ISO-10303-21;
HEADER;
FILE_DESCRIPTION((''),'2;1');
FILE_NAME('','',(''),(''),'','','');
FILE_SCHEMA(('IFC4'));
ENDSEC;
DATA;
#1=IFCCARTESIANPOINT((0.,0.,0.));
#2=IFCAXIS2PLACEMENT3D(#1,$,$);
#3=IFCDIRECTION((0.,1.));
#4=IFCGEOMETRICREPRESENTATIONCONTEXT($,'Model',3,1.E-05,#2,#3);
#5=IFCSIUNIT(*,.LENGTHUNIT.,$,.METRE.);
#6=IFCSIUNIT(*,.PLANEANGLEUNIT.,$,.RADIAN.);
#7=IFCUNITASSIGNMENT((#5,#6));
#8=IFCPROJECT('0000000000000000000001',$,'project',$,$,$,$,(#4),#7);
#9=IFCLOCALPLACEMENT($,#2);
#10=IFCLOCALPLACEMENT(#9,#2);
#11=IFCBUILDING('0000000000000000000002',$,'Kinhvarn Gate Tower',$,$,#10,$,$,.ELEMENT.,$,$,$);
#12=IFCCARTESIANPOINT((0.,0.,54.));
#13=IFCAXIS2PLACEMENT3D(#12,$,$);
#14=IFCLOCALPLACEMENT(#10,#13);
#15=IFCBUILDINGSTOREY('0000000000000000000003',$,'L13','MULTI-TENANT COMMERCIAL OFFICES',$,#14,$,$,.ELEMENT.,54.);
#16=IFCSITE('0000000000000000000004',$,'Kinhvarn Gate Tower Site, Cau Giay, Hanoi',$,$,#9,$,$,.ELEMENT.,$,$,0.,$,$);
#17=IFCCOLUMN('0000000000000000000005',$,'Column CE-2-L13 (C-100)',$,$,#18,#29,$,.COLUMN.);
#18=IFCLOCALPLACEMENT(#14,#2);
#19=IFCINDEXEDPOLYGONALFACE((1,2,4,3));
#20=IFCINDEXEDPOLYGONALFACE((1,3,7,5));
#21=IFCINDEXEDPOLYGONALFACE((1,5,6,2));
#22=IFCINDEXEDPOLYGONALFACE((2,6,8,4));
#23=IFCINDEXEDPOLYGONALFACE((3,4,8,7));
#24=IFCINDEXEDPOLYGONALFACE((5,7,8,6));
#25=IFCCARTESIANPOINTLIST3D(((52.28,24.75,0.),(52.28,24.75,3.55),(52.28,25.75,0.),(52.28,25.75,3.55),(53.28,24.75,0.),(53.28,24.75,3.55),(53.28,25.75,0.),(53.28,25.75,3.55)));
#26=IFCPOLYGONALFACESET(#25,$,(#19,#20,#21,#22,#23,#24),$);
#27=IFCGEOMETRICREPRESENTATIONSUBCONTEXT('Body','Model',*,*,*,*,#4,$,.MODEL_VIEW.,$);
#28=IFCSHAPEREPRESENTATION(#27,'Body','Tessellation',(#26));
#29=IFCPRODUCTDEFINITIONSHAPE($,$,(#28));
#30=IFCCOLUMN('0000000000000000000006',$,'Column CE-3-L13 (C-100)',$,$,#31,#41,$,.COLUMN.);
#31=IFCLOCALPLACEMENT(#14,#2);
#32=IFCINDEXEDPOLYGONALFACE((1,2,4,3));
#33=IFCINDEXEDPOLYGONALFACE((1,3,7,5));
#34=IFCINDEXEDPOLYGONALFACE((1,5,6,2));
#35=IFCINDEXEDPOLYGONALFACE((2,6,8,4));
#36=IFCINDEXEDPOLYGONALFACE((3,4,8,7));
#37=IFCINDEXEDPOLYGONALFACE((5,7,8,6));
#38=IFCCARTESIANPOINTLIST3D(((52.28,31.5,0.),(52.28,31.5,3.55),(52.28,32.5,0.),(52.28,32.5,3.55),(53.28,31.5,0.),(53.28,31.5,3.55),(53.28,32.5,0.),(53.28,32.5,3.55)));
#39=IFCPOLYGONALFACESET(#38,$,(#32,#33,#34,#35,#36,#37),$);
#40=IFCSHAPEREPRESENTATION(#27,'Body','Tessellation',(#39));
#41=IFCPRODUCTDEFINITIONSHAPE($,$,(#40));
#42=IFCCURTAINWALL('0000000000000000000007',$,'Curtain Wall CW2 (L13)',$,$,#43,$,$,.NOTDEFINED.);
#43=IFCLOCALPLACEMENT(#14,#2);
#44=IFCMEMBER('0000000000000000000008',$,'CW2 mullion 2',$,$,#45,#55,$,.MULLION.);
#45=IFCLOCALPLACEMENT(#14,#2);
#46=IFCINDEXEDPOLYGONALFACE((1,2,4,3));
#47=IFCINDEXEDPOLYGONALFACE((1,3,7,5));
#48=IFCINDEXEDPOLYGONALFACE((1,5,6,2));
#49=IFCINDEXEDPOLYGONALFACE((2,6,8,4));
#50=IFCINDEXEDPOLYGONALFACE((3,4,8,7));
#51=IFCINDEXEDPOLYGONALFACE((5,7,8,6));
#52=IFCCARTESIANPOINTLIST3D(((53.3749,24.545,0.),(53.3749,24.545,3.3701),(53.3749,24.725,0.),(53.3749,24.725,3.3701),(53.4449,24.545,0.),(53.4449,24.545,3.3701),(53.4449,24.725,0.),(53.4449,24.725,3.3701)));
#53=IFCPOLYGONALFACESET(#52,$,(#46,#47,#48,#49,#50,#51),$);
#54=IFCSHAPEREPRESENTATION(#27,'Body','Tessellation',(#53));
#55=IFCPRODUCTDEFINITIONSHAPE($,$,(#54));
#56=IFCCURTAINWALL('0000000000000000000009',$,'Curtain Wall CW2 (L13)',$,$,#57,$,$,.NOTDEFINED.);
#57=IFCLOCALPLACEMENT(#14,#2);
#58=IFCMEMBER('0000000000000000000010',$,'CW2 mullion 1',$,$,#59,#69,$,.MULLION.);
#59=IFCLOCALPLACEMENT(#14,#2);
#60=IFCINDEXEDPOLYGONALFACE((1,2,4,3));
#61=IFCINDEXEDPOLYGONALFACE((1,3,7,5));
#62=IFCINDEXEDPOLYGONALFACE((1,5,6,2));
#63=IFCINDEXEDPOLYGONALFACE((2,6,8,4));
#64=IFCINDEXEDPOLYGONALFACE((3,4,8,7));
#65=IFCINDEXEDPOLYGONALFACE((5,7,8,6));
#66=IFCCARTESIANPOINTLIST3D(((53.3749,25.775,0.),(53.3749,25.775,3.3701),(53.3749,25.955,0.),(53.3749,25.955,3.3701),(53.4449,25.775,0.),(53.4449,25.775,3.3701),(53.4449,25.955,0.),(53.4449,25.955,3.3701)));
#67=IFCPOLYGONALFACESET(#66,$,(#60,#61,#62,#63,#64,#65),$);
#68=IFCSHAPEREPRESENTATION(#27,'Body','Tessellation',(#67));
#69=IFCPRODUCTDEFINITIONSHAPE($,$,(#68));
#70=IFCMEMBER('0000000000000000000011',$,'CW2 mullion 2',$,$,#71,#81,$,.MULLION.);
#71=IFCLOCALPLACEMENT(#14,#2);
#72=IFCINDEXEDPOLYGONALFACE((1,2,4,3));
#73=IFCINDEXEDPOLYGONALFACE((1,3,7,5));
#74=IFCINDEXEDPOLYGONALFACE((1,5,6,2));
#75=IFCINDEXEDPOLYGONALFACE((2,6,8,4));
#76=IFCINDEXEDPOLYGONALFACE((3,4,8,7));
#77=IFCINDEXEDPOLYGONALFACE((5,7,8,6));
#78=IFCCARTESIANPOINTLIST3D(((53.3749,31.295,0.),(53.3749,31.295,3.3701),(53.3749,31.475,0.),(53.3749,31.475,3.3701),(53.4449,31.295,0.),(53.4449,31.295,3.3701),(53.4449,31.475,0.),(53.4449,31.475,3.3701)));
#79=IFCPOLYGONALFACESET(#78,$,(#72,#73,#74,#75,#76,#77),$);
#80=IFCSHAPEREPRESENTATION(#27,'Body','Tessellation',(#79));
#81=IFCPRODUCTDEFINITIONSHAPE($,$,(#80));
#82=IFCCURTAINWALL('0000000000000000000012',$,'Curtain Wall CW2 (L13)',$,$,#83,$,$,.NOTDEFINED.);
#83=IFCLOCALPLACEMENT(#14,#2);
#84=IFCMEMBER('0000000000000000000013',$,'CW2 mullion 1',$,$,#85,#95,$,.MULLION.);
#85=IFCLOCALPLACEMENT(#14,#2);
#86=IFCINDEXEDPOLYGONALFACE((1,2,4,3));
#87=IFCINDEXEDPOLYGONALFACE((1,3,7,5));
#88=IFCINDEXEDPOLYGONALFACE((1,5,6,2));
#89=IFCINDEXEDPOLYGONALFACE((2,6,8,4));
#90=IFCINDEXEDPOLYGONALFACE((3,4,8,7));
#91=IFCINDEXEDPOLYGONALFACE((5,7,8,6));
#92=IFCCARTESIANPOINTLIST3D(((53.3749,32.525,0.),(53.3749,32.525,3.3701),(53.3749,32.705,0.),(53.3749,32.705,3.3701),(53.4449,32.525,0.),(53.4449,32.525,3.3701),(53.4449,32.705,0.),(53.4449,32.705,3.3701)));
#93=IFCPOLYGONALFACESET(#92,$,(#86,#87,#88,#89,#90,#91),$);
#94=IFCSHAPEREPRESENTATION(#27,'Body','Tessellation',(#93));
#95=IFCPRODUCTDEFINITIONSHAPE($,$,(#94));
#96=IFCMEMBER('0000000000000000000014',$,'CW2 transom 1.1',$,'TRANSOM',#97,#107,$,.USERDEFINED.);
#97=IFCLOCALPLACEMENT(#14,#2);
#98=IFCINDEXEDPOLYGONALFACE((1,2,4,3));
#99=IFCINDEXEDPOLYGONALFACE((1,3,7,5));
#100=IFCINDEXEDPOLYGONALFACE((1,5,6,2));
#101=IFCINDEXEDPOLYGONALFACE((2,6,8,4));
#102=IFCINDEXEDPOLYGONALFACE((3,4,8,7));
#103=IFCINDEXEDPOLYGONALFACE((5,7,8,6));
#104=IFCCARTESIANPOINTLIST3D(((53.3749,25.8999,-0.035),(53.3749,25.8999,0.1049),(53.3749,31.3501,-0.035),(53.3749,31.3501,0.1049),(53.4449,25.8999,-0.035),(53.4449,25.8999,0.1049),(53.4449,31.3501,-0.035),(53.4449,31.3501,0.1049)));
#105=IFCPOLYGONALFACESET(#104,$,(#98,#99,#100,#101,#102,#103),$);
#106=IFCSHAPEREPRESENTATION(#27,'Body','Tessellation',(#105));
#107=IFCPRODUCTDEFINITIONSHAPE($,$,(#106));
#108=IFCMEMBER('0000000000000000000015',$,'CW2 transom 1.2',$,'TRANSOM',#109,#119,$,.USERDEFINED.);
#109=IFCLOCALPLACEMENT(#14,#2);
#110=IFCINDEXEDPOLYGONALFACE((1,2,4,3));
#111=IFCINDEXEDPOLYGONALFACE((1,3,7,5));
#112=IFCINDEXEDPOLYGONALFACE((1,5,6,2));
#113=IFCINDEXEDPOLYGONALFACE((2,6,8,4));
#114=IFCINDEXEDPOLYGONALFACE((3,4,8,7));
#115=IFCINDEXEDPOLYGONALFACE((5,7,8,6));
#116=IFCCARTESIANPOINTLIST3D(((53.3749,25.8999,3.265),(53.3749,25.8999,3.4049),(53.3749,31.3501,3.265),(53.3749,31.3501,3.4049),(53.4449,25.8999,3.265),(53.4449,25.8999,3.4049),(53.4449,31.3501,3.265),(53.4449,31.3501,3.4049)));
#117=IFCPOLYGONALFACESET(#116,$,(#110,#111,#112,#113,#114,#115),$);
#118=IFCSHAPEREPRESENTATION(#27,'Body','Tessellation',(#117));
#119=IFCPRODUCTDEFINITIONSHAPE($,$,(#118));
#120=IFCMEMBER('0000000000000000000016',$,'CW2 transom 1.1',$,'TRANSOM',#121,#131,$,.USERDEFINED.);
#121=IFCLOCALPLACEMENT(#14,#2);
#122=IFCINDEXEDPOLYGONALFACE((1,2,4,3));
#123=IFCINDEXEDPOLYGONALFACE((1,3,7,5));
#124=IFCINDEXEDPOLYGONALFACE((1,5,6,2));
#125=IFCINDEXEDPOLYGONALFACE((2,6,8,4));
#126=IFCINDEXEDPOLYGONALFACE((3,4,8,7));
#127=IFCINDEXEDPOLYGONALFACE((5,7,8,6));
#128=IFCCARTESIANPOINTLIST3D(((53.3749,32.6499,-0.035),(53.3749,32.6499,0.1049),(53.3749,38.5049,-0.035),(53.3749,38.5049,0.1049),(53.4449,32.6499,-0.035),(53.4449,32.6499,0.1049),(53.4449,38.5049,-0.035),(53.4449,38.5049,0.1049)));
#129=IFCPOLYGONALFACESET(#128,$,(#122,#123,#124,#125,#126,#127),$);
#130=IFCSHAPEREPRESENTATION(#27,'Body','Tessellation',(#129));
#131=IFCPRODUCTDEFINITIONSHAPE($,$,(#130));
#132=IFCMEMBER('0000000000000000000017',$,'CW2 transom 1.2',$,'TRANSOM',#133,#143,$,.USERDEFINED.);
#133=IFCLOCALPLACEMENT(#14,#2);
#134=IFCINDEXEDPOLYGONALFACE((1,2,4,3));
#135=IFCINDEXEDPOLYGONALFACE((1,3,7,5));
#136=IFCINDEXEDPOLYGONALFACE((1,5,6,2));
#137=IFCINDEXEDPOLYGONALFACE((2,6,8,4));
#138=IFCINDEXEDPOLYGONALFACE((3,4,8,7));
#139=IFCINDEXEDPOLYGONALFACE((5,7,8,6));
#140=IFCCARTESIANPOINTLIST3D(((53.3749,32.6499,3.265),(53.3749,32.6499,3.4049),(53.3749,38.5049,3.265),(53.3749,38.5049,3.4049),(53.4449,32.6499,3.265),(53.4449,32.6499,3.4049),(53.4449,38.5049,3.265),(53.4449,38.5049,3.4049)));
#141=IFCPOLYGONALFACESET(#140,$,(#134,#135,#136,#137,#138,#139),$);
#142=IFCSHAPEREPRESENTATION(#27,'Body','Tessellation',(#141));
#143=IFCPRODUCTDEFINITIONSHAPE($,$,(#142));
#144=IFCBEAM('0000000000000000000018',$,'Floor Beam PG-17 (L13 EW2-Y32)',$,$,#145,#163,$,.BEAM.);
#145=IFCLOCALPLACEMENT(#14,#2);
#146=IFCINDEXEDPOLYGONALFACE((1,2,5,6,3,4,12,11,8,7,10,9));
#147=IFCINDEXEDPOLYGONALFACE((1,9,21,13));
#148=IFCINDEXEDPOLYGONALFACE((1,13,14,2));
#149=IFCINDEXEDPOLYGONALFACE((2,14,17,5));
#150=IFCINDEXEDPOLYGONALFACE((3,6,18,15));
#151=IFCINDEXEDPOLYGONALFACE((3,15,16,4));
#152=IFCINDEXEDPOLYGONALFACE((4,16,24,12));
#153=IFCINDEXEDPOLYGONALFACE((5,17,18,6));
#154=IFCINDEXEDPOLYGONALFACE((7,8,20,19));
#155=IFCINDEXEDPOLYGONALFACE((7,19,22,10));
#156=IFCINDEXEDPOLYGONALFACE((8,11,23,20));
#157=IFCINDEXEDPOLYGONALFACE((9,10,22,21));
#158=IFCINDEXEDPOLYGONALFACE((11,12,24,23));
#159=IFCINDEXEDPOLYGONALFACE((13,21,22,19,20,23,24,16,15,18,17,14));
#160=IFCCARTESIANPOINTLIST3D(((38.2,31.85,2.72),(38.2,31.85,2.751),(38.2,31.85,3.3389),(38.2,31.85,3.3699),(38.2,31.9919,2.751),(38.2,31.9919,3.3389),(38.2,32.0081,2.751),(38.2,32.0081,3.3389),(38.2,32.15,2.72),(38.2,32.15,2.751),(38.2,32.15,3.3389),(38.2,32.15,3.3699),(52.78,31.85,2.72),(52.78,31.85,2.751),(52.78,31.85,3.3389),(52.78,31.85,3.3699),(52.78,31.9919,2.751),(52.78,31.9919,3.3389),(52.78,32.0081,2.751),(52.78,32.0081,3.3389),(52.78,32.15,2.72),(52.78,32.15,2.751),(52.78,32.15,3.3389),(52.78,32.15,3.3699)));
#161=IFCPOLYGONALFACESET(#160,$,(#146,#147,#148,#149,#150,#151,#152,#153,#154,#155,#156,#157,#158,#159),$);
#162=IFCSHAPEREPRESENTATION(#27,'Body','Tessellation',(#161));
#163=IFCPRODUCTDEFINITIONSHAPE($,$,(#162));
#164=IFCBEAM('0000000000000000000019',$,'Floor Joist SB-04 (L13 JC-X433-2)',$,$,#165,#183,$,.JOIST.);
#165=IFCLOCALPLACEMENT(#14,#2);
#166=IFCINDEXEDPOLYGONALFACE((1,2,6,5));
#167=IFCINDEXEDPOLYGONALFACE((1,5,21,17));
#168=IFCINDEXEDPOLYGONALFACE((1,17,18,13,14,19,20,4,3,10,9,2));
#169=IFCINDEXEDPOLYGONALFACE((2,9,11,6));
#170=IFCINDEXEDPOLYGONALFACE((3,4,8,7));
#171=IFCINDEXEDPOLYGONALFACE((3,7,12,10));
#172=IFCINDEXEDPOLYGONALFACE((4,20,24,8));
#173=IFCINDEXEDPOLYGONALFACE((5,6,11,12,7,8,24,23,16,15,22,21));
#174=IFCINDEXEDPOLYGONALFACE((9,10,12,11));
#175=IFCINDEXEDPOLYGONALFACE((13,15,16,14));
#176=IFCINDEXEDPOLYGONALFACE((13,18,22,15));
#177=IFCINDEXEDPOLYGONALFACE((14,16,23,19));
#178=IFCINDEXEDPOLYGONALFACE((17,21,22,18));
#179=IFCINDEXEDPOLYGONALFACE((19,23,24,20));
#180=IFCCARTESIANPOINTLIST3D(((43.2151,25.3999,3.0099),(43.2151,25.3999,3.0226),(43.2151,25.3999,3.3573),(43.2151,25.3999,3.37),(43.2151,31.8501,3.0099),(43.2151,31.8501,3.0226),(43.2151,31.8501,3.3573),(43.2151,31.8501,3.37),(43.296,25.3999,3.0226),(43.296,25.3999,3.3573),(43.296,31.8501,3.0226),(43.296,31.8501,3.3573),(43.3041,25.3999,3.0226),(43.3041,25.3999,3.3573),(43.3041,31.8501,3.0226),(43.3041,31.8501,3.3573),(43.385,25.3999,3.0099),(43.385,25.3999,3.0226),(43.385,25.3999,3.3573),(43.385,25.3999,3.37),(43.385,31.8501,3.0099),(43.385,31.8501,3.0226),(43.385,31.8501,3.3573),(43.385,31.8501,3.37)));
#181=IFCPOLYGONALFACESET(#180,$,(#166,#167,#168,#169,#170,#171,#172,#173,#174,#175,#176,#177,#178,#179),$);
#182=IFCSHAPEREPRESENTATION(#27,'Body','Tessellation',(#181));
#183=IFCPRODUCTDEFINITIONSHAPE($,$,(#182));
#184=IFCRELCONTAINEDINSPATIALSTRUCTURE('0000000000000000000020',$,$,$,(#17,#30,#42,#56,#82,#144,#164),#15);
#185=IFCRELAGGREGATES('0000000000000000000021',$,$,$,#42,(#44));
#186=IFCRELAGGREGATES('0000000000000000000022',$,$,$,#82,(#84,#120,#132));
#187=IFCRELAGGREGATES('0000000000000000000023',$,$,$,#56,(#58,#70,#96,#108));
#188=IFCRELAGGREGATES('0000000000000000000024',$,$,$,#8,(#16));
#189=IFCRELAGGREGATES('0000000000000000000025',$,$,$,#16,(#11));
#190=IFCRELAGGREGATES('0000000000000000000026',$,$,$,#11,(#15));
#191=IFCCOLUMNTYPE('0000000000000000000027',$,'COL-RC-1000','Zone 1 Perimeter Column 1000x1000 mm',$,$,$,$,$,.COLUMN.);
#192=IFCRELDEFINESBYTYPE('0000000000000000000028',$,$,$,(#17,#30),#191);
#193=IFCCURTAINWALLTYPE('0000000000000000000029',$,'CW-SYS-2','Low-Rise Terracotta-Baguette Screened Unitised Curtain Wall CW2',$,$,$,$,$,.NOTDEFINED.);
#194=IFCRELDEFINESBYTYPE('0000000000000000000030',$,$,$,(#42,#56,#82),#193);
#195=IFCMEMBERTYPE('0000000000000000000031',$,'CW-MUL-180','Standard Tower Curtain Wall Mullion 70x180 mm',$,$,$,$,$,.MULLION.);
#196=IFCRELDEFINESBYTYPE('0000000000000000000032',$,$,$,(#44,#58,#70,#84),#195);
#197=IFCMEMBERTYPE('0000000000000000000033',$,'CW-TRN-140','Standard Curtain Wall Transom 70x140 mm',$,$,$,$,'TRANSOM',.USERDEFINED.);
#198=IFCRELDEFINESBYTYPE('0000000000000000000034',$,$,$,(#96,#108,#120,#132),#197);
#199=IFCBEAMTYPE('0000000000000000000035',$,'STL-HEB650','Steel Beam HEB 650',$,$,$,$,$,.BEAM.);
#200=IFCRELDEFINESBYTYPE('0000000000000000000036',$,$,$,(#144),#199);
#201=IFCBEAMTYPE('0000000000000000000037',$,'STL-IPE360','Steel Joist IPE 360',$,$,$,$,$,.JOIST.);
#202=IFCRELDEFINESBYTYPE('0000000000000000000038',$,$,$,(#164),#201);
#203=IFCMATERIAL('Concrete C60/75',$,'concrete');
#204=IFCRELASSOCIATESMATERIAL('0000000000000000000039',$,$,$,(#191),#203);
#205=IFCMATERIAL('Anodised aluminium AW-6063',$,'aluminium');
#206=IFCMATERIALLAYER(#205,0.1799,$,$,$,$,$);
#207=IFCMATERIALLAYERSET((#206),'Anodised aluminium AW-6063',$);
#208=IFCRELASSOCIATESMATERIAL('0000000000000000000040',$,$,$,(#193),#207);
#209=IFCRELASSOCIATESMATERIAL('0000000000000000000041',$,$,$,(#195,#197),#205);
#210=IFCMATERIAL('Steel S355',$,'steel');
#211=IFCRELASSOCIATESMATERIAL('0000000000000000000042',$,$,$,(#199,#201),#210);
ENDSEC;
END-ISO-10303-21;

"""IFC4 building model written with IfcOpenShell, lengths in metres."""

from ifc_helpers import new_model, si_unit, direction, frame, origin, origin_2d, place, context, subcontext, project, spatial, rectangle, i_section, extrude, material, layer, layer_set, material_profile, profile_set, type_object, element, aggregate, save


model = new_model("IFC4")

# Units and contexts
model_context = context("Model", 3, precision=1e-05, world=origin(), true_north=direction((0.0, 1.0)))
body_context = subcontext(model_context, "Body", "Model", "MODEL_VIEW")
ifc_project = project(units=[si_unit("LENGTHUNIT", "METRE"), si_unit("PLANEANGLEUNIT", "RADIAN")], contexts=[model_context])

# Site, building, storey
site_placement = place(None, origin())
site = spatial("IfcSite", under=ifc_project, at=site_placement, Name="Kinhvarn Gate Tower Site, Cau Giay, Hanoi", CompositionType="ELEMENT", RefElevation=0.0)
building_placement = place(site_placement, origin())
building = spatial("IfcBuilding", under=site, at=building_placement, Name="Kinhvarn Gate Tower", CompositionType="ELEMENT")
storey_placement = place(building_placement, frame((0.0, 0.0, 54.0)))
storey = spatial("IfcBuildingStorey", under=building, at=storey_placement, Name="L13", Description="MULTI-TENANT COMMERCIAL OFFICES", CompositionType="ELEMENT", Elevation=54.0)

# Columns
ifc_material_1 = material(Name="Concrete C60/75", Category="concrete")
ifc_material_profile_1 = material_profile(ifc_material_1, rectangle(XDim=1.0, YDim=1.0, at=origin_2d()), Name="RC 1000x1000")
ifc_profile_set_1 = profile_set([ifc_material_profile_1], Name="Concrete C60/75")
column_type = type_object("IfcColumnType", Name="COL-RC-1000", Description="Zone 1 Perimeter Column 1000x1000 mm", PredefinedType="COLUMN", material=ifc_profile_set_1)
for number, where, z_axis, x_axis, name in (
    (1, (52.78, 25.25, 0.0), (0.0, 0.0, 1.0), (1.0, 0.0, 0.0), "Column CE-2-L13 (C-100)"),
    (2, (52.78, 32.0, 0.0), (0.0, 0.0, 1.0), (1.0, 0.0, 0.0), "Column CE-3-L13 (C-100)"),
):
    element("IfcColumn", number, at=place(storey_placement, frame(where, z_axis=z_axis, x_axis=x_axis)), inside=storey, type_object=column_type, Name=name, PredefinedType="COLUMN", context=body_context, shape_type="SweptSolid", body=[
        extrude(rectangle(XDim=1.0, YDim=1.0, at=origin_2d()), origin(), (0.0, 0.0, 1.0), 3.55),
    ])

# Curtain wall, member
ifc_material_2 = material(Name="Anodised aluminium AW-6063", Category="aluminium")
ifc_layer_1 = layer(ifc_material_2, 0.1799)
ifc_layer_set_1 = layer_set([ifc_layer_1], Name="Anodised aluminium AW-6063")
curtain_wall_type = type_object("IfcCurtainWallType", Name="CW-SYS-2", Description="Low-Rise Terracotta-Baguette Screened Unitised Curtain Wall CW2", PredefinedType="NOTDEFINED", material=ifc_layer_set_1)
curtain_wall_1_placement = place(storey_placement, origin())
curtain_wall_1 = element("IfcCurtainWall", 3, at=curtain_wall_1_placement, inside=storey, type_object=curtain_wall_type, Name="Curtain Wall CW2 (L13)", PredefinedType="NOTDEFINED")
ifc_material_profile_2 = material_profile(ifc_material_2, rectangle(XDim=0.0701, YDim=0.1799, at=origin_2d()), Name="ALU 70x180")
ifc_profile_set_2 = profile_set([ifc_material_profile_2], Name="Anodised aluminium AW-6063")
member_type_1 = type_object("IfcMemberType", Name="CW-MUL-180", Description="Standard Tower Curtain Wall Mullion 70x180 mm", PredefinedType="MULLION", material=ifc_profile_set_2)
member_1_placement = place(storey_placement, frame((53.4099, 24.635, 0.0), z_axis=(0.0, 0.0, 1.0), x_axis=(-1.0, 0.0, 0.0)))
member_1 = element("IfcMember", 4, at=member_1_placement, type_object=member_type_1, Name="CW2 mullion 2", PredefinedType="MULLION", context=body_context, shape_type="SweptSolid", body=[
    extrude(rectangle(XDim=0.0701, YDim=0.1799, at=origin_2d()), origin(), (0.0, 0.0, 1.0), 3.3701),
])
aggregate(curtain_wall_1, [member_1])

# Curtain wall, members
curtain_wall_2_placement = place(storey_placement, origin())
curtain_wall_2 = element("IfcCurtainWall", 5, at=curtain_wall_2_placement, inside=storey, type_object=curtain_wall_type, Name="Curtain Wall CW2 (L13)", PredefinedType="NOTDEFINED")
member_2_placement = place(storey_placement, frame((53.4099, 25.865, 0.0), z_axis=(0.0, 0.0, 1.0), x_axis=(-1.0, 0.0, 0.0)))
member_2 = element("IfcMember", 6, at=member_2_placement, type_object=member_type_1, Name="CW2 mullion 1", PredefinedType="MULLION", context=body_context, shape_type="SweptSolid", body=[
    extrude(rectangle(XDim=0.0701, YDim=0.1799, at=origin_2d()), origin(), (0.0, 0.0, 1.0), 3.3701),
])
member_3_placement = place(storey_placement, frame((53.4099, 31.385, 0.0), z_axis=(0.0, 0.0, 1.0), x_axis=(-1.0, 0.0, 0.0)))
member_3 = element("IfcMember", 7, at=member_3_placement, type_object=member_type_1, Name="CW2 mullion 2", PredefinedType="MULLION", context=body_context, shape_type="SweptSolid", body=[
    extrude(rectangle(XDim=0.0701, YDim=0.1799, at=origin_2d()), origin(), (0.0, 0.0, 1.0), 3.3701),
])

# Curtain wall, member
curtain_wall_3_placement = place(storey_placement, origin())
curtain_wall_3 = element("IfcCurtainWall", 8, at=curtain_wall_3_placement, inside=storey, type_object=curtain_wall_type, Name="Curtain Wall CW2 (L13)", PredefinedType="NOTDEFINED")
member_4_placement = place(storey_placement, frame((53.4099, 32.615, 0.0), z_axis=(0.0, 0.0, 1.0), x_axis=(-1.0, 0.0, 0.0)))
member_4 = element("IfcMember", 9, at=member_4_placement, type_object=member_type_1, Name="CW2 mullion 1", PredefinedType="MULLION", context=body_context, shape_type="SweptSolid", body=[
    extrude(rectangle(XDim=0.0701, YDim=0.1799, at=origin_2d()), origin(), (0.0, 0.0, 1.0), 3.3701),
])

# Members
ifc_material_profile_3 = material_profile(ifc_material_2, rectangle(XDim=0.0701, YDim=0.1399, at=origin_2d()), Name="ALU 70x140")
ifc_profile_set_3 = profile_set([ifc_material_profile_3], Name="Anodised aluminium AW-6063")
member_type_2 = type_object("IfcMemberType", Name="CW-TRN-140", Description="Standard Curtain Wall Transom 70x140 mm", ElementType="TRANSOM", PredefinedType="USERDEFINED", material=ifc_profile_set_3)
member_5_placement = place(storey_placement, frame((53.4099, 25.8999, 0.0349), z_axis=(0.0, 1.0, 0.0), x_axis=(-1.0, 0.0, 0.0)))
member_5 = element("IfcMember", 10, at=member_5_placement, type_object=member_type_2, Name="CW2 transom 1.1", ObjectType="TRANSOM", PredefinedType="USERDEFINED", context=body_context, shape_type="SweptSolid", body=[
    extrude(rectangle(XDim=0.0701, YDim=0.1399, at=origin_2d()), origin(), (0.0, 0.0, 1.0), 5.4502),
])
member_6_placement = place(storey_placement, frame((53.4099, 25.8999, 3.335), z_axis=(0.0, 1.0, 0.0), x_axis=(-1.0, 0.0, 0.0)))
member_6 = element("IfcMember", 11, at=member_6_placement, type_object=member_type_2, Name="CW2 transom 1.2", ObjectType="TRANSOM", PredefinedType="USERDEFINED", context=body_context, shape_type="SweptSolid", body=[
    extrude(rectangle(XDim=0.0701, YDim=0.1399, at=origin_2d()), origin(), (0.0, 0.0, 1.0), 5.4502),
])
member_7_placement = place(storey_placement, frame((53.4099, 32.6499, 0.0349), z_axis=(0.0, 1.0, 0.0), x_axis=(-1.0, 0.0, 0.0)))
member_7 = element("IfcMember", 12, at=member_7_placement, type_object=member_type_2, Name="CW2 transom 1.1", ObjectType="TRANSOM", PredefinedType="USERDEFINED", context=body_context, shape_type="SweptSolid", body=[
    extrude(rectangle(XDim=0.0701, YDim=0.1399, at=origin_2d()), origin(), (0.0, 0.0, 1.0), 5.855),
])
member_8_placement = place(storey_placement, frame((53.4099, 32.6499, 3.335), z_axis=(0.0, 1.0, 0.0), x_axis=(-1.0, 0.0, 0.0)))
member_8 = element("IfcMember", 13, at=member_8_placement, type_object=member_type_2, Name="CW2 transom 1.2", ObjectType="TRANSOM", PredefinedType="USERDEFINED", context=body_context, shape_type="SweptSolid", body=[
    extrude(rectangle(XDim=0.0701, YDim=0.1399, at=origin_2d()), origin(), (0.0, 0.0, 1.0), 5.855),
])
aggregate(curtain_wall_3, [member_4, member_7, member_8])

# Beams
ifc_material_3 = material(Name="Steel S355", Category="steel")
ifc_material_profile_4 = material_profile(ifc_material_3, i_section(OverallWidth=0.3, OverallDepth=0.6499, WebThickness=0.0161, FlangeThickness=0.031, at=origin_2d()), Name="HEB 650")
ifc_profile_set_4 = profile_set([ifc_material_profile_4], Name="Steel S355")
beam_type_1 = type_object("IfcBeamType", Name="STL-HEB650", Description="Steel Beam HEB 650", PredefinedType="BEAM", material=ifc_profile_set_4)
beam_1_placement = place(storey_placement, frame((38.2, 32.0, 3.0449), z_axis=(1.0, 0.0, 0.0), x_axis=(0.0, 1.0, 0.0)))
element("IfcBeam", 14, at=beam_1_placement, inside=storey, type_object=beam_type_1, Name="Floor Beam PG-17 (L13 EW2-Y32)", PredefinedType="BEAM", context=body_context, shape_type="SweptSolid", body=[
    extrude(i_section(OverallWidth=0.3, OverallDepth=0.6499, WebThickness=0.0161, FlangeThickness=0.031, at=origin_2d()), origin(), (0.0, 0.0, 1.0), 14.5801),
])
ifc_material_profile_5 = material_profile(ifc_material_3, i_section(OverallWidth=0.1699, OverallDepth=0.3601, WebThickness=0.0081, FlangeThickness=0.0127, at=origin_2d()), Name="IPE 360")
ifc_profile_set_5 = profile_set([ifc_material_profile_5], Name="Steel S355")
beam_type_2 = type_object("IfcBeamType", Name="STL-IPE360", Description="Steel Joist IPE 360", PredefinedType="JOIST", material=ifc_profile_set_5)
for number, where, z_axis, x_axis, name in (
    (15, (43.3, 25.3999, 3.1899), (0.0, 1.0, 0.0), (-1.0, 0.0, 0.0), "Floor Joist SB-04 (L13 JC-X433-2)"),
):
    element("IfcBeam", number, at=place(storey_placement, frame(where, z_axis=z_axis, x_axis=x_axis)), inside=storey, type_object=beam_type_2, Name=name, PredefinedType="JOIST", context=body_context, shape_type="SweptSolid", body=[
        extrude(i_section(OverallWidth=0.1699, OverallDepth=0.3601, WebThickness=0.0081, FlangeThickness=0.0127, at=origin_2d()), origin(), (0.0, 0.0, 1.0), 6.4502),
    ])

aggregate(curtain_wall_2, [member_2, member_3, member_5, member_6])

save(model, "model.ifc")
